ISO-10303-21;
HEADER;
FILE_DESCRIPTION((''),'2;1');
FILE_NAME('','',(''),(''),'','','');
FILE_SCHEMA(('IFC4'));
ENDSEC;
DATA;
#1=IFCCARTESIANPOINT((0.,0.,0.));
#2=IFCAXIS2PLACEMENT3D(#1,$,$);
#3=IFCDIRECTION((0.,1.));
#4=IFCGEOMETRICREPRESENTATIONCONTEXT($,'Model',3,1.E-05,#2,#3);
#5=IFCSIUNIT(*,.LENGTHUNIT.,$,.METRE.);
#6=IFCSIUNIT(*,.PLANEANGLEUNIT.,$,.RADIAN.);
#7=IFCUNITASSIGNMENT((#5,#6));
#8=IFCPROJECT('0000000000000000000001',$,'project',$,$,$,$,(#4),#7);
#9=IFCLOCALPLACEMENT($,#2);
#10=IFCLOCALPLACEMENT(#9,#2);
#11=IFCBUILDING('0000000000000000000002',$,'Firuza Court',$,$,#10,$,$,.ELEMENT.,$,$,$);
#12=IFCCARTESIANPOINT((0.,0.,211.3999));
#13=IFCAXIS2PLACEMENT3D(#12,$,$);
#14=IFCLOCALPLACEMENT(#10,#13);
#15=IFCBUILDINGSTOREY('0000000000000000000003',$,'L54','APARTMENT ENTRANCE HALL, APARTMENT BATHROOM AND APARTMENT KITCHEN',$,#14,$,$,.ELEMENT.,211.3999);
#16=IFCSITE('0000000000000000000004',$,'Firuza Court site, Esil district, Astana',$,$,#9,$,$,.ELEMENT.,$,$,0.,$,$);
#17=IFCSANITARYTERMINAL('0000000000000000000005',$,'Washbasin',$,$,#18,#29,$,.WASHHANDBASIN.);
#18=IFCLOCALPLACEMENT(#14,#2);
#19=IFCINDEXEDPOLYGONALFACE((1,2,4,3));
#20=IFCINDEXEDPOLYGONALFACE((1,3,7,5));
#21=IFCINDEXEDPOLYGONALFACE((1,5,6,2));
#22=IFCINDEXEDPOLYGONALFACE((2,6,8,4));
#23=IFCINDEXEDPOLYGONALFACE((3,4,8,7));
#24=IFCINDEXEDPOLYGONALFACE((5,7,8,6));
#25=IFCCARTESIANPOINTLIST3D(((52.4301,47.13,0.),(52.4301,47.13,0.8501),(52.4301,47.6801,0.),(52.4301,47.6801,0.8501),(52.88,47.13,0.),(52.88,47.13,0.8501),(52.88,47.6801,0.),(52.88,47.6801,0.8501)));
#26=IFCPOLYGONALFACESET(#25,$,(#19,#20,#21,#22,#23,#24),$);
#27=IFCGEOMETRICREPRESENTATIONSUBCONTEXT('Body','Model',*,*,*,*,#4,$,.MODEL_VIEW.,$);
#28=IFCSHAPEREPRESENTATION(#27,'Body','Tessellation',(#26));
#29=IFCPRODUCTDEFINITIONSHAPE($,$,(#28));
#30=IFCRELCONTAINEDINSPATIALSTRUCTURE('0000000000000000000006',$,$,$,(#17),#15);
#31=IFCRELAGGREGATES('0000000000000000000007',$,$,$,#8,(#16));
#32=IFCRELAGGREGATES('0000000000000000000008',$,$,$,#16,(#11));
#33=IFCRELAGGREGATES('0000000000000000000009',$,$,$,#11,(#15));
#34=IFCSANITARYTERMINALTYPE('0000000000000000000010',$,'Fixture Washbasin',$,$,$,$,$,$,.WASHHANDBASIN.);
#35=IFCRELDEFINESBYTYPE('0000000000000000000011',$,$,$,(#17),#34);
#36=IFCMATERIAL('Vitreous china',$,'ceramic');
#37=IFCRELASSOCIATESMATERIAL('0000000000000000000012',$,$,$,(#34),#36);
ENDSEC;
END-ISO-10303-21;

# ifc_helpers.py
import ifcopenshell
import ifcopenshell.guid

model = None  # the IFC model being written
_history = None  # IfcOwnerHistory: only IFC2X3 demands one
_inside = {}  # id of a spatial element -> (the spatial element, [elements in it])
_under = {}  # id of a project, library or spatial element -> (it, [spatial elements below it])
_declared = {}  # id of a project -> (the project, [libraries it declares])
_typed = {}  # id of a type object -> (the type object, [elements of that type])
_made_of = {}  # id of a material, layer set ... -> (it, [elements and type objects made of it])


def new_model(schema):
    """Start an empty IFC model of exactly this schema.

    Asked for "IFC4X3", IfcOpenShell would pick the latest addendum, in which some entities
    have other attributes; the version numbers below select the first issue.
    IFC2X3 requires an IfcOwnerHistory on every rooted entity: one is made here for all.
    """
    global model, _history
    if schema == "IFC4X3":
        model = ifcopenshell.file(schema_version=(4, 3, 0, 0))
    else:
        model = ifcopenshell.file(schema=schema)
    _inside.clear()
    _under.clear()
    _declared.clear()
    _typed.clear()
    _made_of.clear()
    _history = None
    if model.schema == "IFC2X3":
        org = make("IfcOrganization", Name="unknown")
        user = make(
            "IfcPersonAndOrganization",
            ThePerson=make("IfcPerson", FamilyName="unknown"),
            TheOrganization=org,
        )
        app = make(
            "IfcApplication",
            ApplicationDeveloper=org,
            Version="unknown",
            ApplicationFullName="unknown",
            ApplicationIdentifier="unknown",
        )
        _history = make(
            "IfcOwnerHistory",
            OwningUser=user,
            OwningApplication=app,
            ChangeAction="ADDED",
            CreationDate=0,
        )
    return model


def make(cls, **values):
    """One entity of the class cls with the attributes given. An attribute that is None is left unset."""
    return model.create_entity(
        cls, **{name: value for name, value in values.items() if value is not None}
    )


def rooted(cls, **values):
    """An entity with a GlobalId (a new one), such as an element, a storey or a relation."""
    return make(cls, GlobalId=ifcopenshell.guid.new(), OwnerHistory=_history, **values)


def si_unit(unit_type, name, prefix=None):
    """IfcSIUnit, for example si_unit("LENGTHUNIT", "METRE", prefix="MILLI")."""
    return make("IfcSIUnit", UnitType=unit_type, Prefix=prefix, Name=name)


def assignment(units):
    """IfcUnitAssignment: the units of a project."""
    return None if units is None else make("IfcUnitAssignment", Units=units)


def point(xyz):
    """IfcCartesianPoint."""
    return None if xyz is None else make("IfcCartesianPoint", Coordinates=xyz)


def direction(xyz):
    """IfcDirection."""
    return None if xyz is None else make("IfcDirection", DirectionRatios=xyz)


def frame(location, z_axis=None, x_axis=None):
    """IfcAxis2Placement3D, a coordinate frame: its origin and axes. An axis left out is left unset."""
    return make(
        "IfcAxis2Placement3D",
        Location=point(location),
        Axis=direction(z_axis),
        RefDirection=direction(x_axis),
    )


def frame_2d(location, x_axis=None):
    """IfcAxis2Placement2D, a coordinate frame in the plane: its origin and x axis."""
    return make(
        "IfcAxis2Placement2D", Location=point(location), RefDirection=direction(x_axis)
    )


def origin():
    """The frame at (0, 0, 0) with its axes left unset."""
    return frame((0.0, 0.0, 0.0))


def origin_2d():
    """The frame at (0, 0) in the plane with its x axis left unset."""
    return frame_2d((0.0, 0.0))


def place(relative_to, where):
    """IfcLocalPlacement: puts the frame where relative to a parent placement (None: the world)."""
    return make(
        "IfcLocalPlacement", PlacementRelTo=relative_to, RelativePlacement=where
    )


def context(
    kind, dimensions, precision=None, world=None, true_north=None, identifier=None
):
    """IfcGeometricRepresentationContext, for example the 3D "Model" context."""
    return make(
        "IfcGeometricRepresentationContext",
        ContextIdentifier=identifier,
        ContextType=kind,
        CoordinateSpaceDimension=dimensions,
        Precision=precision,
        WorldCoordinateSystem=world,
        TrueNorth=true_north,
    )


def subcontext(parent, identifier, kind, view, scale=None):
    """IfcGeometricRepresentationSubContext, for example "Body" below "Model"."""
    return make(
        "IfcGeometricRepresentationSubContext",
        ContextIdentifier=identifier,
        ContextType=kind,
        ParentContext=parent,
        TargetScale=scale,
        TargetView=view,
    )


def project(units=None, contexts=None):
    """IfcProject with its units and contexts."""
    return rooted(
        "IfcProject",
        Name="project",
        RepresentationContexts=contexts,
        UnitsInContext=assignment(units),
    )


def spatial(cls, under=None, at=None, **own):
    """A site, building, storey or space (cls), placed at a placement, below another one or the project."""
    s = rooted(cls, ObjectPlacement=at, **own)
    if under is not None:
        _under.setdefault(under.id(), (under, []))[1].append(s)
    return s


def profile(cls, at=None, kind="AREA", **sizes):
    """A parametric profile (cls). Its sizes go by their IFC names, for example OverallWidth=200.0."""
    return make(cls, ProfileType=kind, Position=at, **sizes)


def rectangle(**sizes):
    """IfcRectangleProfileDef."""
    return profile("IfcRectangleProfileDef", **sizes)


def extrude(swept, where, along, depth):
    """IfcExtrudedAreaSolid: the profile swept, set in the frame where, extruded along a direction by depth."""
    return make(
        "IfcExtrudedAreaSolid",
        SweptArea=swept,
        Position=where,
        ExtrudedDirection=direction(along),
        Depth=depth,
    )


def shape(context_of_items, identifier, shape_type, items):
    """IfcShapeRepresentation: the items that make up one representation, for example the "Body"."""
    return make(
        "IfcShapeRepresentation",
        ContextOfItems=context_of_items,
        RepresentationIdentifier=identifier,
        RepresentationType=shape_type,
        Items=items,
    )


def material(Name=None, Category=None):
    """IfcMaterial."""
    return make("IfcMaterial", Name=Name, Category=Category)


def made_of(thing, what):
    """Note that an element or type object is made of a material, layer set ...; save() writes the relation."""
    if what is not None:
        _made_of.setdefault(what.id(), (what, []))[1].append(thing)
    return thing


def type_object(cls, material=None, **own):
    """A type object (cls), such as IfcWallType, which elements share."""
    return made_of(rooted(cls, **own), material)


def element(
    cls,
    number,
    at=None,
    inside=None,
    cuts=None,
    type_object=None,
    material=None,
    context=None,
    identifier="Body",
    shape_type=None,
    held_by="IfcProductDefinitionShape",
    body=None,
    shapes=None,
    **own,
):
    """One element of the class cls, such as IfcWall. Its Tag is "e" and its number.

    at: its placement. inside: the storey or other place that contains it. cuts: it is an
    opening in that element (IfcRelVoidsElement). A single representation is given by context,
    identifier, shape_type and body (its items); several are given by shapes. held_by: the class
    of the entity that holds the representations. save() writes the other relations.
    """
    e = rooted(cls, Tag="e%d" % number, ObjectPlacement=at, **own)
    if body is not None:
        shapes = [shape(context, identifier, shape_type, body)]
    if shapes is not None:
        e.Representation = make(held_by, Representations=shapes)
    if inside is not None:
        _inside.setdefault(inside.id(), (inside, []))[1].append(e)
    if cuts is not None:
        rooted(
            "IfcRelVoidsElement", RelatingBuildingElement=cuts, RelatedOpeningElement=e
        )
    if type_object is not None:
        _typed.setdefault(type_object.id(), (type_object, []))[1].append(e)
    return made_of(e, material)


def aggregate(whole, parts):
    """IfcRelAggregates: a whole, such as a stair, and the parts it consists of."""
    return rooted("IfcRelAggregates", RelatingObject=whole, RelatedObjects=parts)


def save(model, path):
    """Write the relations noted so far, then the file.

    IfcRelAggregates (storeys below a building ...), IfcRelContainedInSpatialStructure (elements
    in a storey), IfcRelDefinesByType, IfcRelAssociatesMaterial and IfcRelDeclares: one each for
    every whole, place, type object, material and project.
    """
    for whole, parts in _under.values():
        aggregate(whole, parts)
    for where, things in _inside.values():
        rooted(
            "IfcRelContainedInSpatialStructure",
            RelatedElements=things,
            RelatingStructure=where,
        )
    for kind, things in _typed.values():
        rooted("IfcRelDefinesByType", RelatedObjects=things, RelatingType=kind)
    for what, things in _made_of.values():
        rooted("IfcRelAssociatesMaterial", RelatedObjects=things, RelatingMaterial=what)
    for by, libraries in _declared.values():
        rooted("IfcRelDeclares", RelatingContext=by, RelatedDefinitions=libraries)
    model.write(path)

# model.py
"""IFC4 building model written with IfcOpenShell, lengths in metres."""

from ifc_helpers import new_model, si_unit, direction, frame, origin, origin_2d, place, context, subcontext, project, spatial, rectangle, extrude, material, type_object, element, save


model = new_model("IFC4")

# Units and contexts
model_context = context("Model", 3, precision=1e-05, world=origin(), true_north=direction((0.0, 1.0)))
body_context = subcontext(model_context, "Body", "Model", "MODEL_VIEW")
ifc_project = project(units=[si_unit("LENGTHUNIT", "METRE"), si_unit("PLANEANGLEUNIT", "RADIAN")], contexts=[model_context])

# Site, building, storey
site_placement = place(None, origin())
site = spatial("IfcSite", under=ifc_project, at=site_placement, Name="Firuza Court site, Esil district, Astana", CompositionType="ELEMENT", RefElevation=0.0)
building_placement = place(site_placement, origin())
building = spatial("IfcBuilding", under=site, at=building_placement, Name="Firuza Court", CompositionType="ELEMENT")
storey_placement = place(building_placement, frame((0.0, 0.0, 211.3999)))
storey = spatial("IfcBuildingStorey", under=building, at=storey_placement, Name="L54", Description="APARTMENT ENTRANCE HALL, APARTMENT BATHROOM AND APARTMENT KITCHEN", CompositionType="ELEMENT", Elevation=211.3999)

# Sanitary terminal
ifc_material_1 = material(Name="Vitreous china", Category="ceramic")
sanitary_terminal_type_1 = type_object("IfcSanitaryTerminalType", Name="Fixture Washbasin", PredefinedType="WASHHANDBASIN", material=ifc_material_1)
for number, where, z_axis, x_axis, name in (
    (1, (52.655, 47.405, 0.0), (0.0, 0.0, 1.0), (1.0, 0.0, 0.0), "Washbasin"),
):
    element("IfcSanitaryTerminal", number, at=place(storey_placement, frame(where, z_axis=z_axis, x_axis=x_axis)), inside=storey, type_object=sanitary_terminal_type_1, Name=name, PredefinedType="WASHHANDBASIN", context=body_context, shape_type="SweptSolid", body=[
        extrude(rectangle(XDim=0.45, YDim=0.55, at=origin_2d()), origin(), (0.0, 0.0, 1.0), 0.8501),
    ])

save(model, "model.ifc")
